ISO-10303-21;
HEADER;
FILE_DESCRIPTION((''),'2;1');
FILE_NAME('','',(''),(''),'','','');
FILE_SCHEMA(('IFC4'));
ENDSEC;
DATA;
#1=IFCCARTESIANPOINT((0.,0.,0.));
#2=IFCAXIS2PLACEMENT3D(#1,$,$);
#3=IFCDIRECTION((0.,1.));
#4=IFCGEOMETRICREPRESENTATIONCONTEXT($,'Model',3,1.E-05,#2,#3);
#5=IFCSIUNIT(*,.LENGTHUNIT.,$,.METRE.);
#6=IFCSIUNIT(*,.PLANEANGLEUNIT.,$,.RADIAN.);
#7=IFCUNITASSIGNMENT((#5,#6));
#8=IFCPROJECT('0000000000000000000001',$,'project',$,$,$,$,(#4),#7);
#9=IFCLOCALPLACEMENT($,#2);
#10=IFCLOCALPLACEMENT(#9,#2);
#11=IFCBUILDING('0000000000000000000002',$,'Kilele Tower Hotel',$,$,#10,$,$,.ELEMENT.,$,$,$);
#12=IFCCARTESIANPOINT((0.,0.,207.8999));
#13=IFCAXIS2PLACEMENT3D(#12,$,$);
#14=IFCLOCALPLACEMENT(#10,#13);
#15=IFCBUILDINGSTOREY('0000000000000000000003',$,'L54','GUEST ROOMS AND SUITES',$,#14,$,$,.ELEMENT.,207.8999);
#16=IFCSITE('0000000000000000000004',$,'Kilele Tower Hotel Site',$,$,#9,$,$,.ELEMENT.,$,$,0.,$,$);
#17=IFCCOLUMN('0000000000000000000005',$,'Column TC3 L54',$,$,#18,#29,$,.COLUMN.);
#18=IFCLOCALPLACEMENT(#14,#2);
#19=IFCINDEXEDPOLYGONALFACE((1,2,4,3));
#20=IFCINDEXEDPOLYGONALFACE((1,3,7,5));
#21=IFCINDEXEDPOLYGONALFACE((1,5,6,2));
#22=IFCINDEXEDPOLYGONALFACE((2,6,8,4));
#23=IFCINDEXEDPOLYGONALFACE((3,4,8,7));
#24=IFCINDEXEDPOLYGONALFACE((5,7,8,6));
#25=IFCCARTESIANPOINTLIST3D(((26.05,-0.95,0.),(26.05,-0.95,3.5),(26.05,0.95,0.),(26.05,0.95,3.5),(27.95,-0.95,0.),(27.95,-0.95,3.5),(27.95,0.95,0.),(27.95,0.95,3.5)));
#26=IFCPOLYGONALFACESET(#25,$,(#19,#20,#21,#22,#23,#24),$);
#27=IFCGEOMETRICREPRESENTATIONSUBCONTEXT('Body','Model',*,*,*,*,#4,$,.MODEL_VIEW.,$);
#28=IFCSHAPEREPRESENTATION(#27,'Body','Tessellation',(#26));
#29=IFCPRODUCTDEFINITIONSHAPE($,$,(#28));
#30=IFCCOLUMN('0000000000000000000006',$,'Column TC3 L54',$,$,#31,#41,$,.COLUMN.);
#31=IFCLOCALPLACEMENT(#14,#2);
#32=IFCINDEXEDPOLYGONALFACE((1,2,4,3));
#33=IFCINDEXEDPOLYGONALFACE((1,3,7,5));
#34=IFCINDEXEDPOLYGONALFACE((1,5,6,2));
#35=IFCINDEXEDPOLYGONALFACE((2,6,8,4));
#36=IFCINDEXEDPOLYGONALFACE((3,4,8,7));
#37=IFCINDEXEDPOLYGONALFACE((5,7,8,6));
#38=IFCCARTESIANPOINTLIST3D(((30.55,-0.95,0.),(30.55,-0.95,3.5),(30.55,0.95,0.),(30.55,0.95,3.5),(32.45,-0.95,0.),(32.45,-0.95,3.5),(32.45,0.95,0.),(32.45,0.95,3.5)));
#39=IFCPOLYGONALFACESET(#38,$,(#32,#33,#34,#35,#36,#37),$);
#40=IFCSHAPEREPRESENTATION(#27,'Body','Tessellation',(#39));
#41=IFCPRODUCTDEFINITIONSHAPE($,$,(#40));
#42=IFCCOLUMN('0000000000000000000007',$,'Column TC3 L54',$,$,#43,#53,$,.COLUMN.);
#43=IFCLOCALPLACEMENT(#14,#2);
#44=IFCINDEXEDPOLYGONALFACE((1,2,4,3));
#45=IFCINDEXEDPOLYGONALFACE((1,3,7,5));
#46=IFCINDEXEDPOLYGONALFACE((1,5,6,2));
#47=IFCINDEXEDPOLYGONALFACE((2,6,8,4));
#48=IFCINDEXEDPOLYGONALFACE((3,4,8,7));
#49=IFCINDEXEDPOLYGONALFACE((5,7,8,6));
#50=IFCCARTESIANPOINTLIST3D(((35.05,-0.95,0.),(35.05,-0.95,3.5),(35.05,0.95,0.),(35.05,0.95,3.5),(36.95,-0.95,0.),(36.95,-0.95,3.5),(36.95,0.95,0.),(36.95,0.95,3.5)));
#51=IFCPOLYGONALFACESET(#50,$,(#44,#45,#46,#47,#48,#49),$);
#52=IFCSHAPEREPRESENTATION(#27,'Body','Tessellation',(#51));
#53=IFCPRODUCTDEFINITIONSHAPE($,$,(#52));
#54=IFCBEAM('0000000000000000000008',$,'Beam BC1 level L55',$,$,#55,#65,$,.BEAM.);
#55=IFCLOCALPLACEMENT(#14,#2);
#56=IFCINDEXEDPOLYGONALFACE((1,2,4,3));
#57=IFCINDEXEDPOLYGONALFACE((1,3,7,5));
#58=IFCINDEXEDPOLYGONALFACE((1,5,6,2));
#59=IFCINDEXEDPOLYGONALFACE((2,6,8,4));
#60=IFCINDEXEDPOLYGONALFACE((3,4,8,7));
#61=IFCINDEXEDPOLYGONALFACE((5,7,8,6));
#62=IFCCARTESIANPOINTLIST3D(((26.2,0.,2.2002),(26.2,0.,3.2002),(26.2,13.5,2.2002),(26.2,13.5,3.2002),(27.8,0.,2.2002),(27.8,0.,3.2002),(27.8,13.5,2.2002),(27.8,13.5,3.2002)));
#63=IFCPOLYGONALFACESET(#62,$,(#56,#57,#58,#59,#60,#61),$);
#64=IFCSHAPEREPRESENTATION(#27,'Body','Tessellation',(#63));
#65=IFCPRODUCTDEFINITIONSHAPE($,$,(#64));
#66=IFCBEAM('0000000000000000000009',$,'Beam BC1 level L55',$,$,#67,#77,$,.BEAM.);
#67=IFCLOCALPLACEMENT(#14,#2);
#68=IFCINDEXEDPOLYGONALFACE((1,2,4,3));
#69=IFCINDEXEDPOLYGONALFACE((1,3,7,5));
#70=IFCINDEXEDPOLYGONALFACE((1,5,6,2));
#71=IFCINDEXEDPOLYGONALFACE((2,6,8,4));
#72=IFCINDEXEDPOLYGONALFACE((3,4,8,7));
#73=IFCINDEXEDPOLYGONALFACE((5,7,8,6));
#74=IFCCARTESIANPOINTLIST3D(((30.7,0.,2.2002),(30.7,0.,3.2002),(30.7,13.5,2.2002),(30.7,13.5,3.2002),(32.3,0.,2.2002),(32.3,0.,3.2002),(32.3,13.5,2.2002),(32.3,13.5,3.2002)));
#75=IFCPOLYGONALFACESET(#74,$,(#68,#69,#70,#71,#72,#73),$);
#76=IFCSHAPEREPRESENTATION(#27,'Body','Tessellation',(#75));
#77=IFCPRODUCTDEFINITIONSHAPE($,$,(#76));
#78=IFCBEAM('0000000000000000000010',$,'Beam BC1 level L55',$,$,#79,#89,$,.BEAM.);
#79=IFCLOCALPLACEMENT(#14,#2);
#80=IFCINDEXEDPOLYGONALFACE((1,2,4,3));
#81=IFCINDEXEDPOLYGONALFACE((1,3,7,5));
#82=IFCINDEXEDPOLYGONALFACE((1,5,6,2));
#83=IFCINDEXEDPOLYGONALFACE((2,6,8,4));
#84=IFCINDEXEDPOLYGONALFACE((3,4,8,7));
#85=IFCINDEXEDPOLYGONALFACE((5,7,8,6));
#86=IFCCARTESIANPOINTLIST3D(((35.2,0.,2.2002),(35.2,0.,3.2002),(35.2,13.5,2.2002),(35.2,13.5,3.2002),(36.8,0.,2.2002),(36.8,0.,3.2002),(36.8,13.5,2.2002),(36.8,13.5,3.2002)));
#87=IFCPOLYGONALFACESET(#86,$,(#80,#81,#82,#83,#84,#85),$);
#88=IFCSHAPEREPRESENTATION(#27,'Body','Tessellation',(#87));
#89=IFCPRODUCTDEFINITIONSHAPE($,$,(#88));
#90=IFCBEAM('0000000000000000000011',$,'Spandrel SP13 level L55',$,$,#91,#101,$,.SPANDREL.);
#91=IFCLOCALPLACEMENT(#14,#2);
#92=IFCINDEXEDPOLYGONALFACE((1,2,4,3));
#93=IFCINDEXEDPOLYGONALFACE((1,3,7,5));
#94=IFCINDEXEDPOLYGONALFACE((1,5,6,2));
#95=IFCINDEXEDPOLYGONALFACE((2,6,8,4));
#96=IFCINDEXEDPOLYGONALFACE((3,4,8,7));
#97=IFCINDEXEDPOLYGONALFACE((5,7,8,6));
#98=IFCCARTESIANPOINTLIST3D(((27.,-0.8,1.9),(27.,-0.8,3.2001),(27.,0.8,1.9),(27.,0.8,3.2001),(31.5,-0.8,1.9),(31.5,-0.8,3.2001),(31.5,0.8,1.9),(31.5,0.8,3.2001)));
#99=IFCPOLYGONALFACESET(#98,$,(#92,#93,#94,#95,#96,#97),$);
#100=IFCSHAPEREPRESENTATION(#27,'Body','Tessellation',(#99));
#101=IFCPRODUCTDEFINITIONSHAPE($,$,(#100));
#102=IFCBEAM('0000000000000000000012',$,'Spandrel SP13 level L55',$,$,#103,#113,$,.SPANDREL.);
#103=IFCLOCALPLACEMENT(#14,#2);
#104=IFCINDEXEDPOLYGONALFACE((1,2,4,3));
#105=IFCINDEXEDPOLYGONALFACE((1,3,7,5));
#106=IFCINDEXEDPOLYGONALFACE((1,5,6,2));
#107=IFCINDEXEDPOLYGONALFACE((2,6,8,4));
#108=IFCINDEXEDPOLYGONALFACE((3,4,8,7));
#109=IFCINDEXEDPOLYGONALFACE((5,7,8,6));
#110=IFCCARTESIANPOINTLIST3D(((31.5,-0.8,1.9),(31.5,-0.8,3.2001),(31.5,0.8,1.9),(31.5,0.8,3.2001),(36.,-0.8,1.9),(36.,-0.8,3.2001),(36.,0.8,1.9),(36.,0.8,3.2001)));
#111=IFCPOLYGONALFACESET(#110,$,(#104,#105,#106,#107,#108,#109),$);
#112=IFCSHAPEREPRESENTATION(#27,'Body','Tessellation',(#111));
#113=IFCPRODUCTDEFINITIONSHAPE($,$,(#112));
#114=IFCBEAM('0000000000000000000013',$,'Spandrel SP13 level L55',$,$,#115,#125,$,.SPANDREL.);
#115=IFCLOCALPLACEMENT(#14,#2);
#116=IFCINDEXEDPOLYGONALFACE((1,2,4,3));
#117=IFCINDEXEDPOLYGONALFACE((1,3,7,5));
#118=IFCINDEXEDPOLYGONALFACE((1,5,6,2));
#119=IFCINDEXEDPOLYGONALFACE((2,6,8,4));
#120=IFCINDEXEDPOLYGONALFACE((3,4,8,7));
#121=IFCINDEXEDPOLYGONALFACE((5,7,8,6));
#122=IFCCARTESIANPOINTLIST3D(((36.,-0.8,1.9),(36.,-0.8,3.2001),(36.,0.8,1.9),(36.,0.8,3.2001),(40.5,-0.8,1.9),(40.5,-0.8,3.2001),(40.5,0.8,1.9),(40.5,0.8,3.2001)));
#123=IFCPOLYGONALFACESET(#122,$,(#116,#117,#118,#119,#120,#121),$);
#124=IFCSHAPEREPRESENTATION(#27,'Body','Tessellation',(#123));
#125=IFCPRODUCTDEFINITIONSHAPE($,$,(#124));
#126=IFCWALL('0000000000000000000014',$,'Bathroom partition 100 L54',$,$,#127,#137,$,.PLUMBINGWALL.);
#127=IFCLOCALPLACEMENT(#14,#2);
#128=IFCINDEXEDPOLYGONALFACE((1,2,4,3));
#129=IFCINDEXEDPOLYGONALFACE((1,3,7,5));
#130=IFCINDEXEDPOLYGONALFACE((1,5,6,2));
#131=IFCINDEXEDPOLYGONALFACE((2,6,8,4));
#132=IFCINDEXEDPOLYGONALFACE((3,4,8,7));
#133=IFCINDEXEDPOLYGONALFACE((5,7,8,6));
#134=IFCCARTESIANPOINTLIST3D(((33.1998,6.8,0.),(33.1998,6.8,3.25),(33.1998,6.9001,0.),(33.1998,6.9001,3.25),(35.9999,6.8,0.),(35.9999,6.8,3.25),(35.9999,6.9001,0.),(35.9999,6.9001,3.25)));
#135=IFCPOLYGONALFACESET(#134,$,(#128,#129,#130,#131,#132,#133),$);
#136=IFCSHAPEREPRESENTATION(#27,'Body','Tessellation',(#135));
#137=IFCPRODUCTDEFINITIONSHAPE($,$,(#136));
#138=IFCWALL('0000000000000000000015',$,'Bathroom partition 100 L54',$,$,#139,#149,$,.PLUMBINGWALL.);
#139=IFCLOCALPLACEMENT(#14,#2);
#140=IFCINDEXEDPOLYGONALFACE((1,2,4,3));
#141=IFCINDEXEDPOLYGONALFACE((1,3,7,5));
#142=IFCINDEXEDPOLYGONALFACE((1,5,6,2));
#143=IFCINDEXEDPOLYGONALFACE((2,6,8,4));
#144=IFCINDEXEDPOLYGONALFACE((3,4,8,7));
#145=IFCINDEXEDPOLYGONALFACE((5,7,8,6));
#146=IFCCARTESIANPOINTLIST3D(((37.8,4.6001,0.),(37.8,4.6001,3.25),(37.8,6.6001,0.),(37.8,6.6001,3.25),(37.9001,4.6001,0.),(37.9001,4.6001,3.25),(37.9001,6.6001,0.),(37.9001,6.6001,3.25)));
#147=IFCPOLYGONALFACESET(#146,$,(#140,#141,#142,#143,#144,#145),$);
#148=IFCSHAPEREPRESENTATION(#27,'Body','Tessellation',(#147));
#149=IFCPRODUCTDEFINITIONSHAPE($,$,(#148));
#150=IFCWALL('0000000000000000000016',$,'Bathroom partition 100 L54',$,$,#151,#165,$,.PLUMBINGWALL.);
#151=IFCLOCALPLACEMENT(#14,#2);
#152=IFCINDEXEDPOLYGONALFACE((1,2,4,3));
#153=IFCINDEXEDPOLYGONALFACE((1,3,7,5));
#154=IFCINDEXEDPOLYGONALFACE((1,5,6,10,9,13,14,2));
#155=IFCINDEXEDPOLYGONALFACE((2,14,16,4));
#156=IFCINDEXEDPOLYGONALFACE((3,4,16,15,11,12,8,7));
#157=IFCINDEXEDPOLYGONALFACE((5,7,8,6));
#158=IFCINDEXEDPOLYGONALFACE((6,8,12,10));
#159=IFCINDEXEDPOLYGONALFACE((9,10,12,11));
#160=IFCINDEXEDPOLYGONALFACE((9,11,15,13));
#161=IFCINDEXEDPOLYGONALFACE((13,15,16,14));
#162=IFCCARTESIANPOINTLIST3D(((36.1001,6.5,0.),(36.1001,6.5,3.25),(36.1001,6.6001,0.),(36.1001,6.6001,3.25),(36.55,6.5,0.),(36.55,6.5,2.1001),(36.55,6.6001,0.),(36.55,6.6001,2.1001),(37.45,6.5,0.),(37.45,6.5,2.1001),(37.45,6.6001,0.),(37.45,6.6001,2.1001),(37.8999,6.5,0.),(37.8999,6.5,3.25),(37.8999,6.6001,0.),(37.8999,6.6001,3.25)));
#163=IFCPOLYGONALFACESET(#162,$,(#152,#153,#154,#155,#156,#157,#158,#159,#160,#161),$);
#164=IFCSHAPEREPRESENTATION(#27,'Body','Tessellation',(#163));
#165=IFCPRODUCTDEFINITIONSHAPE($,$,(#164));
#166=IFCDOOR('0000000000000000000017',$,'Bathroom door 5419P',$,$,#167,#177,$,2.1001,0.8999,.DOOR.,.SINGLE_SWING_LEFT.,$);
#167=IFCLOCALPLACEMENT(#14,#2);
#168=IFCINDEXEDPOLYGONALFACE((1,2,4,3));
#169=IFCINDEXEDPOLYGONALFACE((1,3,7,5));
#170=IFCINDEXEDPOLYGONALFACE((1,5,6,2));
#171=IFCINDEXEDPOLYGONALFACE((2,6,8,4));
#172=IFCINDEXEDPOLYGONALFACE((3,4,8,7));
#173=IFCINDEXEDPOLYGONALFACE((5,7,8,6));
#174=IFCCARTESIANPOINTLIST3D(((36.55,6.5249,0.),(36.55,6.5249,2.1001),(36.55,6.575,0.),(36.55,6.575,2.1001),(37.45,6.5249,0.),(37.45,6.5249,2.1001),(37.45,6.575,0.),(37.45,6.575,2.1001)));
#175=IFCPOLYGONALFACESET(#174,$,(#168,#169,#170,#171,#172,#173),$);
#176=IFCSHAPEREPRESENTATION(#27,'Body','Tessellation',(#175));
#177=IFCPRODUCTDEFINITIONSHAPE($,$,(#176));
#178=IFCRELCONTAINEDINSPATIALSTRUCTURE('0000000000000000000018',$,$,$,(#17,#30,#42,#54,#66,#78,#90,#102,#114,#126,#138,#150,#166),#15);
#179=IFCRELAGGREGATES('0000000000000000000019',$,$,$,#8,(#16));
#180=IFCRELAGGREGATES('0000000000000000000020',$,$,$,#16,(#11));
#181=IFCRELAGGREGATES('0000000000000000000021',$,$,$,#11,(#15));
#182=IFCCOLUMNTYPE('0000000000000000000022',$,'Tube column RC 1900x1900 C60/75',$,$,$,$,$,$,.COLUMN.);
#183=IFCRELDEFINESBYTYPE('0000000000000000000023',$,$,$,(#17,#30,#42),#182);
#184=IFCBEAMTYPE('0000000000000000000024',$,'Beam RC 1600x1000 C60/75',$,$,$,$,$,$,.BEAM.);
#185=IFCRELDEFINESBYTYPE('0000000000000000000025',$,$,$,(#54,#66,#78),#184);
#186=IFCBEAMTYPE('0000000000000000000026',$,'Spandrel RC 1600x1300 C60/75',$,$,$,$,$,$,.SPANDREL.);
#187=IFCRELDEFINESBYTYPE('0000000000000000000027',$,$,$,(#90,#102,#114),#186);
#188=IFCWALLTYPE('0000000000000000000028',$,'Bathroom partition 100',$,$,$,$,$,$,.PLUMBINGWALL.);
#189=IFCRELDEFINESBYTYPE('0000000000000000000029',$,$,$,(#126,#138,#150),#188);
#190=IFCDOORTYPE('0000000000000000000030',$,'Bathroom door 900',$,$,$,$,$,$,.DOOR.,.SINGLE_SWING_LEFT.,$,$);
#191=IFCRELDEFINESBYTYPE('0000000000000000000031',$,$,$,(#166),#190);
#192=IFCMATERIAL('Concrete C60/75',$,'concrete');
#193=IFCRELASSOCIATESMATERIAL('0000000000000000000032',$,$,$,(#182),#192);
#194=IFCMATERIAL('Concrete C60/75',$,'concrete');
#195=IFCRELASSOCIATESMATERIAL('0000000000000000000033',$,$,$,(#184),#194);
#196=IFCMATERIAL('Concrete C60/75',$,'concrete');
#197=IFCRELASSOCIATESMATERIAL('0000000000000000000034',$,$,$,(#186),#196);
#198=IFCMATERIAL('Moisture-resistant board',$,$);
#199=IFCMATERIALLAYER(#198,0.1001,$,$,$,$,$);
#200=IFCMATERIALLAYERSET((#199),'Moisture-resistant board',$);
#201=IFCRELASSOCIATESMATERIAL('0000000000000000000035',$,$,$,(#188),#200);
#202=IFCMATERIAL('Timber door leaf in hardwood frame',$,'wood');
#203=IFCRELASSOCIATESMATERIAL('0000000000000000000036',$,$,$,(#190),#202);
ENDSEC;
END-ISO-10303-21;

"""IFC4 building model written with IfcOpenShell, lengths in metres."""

from ifc_helpers import new_model, si_unit, direction, frame, frame_2d, origin, origin_2d, place, context, subcontext, project, spatial, rectangle, extrude, material, layer, layer_set, material_profile, profile_set, type_object, element, fill, save


model = new_model("IFC4")

# Units and contexts
model_context = context("Model", 3, precision=1e-05, world=origin(), true_north=direction((0.0, 1.0)))
body_context = subcontext(model_context, "Body", "Model", "MODEL_VIEW")
ifc_project = project(units=[si_unit("LENGTHUNIT", "METRE"), si_unit("PLANEANGLEUNIT", "RADIAN")], contexts=[model_context])

# Site, building, storey
site_placement = place(None, origin())
site = spatial("IfcSite", under=ifc_project, at=site_placement, Name="Kilele Tower Hotel Site", CompositionType="ELEMENT", RefElevation=0.0)
building_placement = place(site_placement, origin())
building = spatial("IfcBuilding", under=site, at=building_placement, Name="Kilele Tower Hotel", CompositionType="ELEMENT")
storey_placement = place(building_placement, frame((0.0, 0.0, 207.8999)))
storey = spatial("IfcBuildingStorey", under=building, at=storey_placement, Name="L54", Description="GUEST ROOMS AND SUITES", CompositionType="ELEMENT", Elevation=207.8999)

# Columns
ifc_material_1 = material(Name="Concrete C60/75", Category="concrete")
ifc_material_profile_1 = material_profile(ifc_material_1, rectangle(XDim=1.8999, YDim=1.8999, at=origin_2d()))
ifc_profile_set_1 = profile_set([ifc_material_profile_1], Name="Concrete C60/75")
column_type = type_object("IfcColumnType", Name="Tube column RC 1900x1900 C60/75", PredefinedType="COLUMN", material=ifc_profile_set_1)
for number, where, z_axis, x_axis, name in (
    (1, (27.0, 0.0, 0.0), (0.0, 0.0, 1.0), (1.0, 0.0, 0.0), "Column TC3 L54"),
    (2, (31.5, 0.0, 0.0), (0.0, 0.0, 1.0), (1.0, 0.0, 0.0), "Column TC3 L54"),
    (3, (36.0, 0.0, 0.0), (0.0, 0.0, 1.0), (1.0, 0.0, 0.0), "Column TC3 L54"),
):
    element("IfcColumn", number, at=place(storey_placement, frame(where, z_axis=z_axis, x_axis=x_axis)), inside=storey, type_object=column_type, Name=name, PredefinedType="COLUMN", context=body_context, shape_type="SweptSolid", body=[
        extrude(rectangle(XDim=1.8999, YDim=1.8999, at=origin_2d()), origin(), (0.0, 0.0, 1.0), 3.5),
    ])

# Beams
ifc_material_2 = material(Name="Concrete C60/75", Category="concrete")
ifc_material_profile_2 = material_profile(ifc_material_2, rectangle(XDim=1.6001, YDim=1.0, at=origin_2d()))
ifc_profile_set_2 = profile_set([ifc_material_profile_2], Name="Concrete C60/75")
beam_type_1 = type_object("IfcBeamType", Name="Beam RC 1600x1000 C60/75", PredefinedType="BEAM", material=ifc_profile_set_2)
for number, where, z_axis, x_axis, name in (
    (4, (27.0, 0.0, 2.7002), (0.0, 1.0, 0.0), (-1.0, 0.0, 0.0), "Beam BC1 level L55"),
    (5, (31.5, 0.0, 2.7002), (0.0, 1.0, 0.0), (-1.0, 0.0, 0.0), "Beam BC1 level L55"),
    (6, (36.0, 0.0, 2.7002), (0.0, 1.0, 0.0), (-1.0, 0.0, 0.0), "Beam BC1 level L55"),
):
    element("IfcBeam", number, at=place(storey_placement, frame(where, z_axis=z_axis, x_axis=x_axis)), inside=storey, type_object=beam_type_1, Name=name, PredefinedType="BEAM", context=body_context, shape_type="SweptSolid", body=[
        extrude(rectangle(XDim=1.6001, YDim=1.0, at=origin_2d()), origin(), (0.0, 0.0, 1.0), 13.5),
    ])
ifc_material_3 = material(Name="Concrete C60/75", Category="concrete")
ifc_material_profile_3 = material_profile(ifc_material_3, rectangle(XDim=1.6001, YDim=1.3, at=origin_2d()))
ifc_profile_set_3 = profile_set([ifc_material_profile_3], Name="Concrete C60/75")
beam_type_2 = type_object("IfcBeamType", Name="Spandrel RC 1600x1300 C60/75", PredefinedType="SPANDREL", material=ifc_profile_set_3)
for number, where, z_axis, x_axis, name in (
    (7, (27.0, 0.0, 2.55), (1.0, 0.0, 0.0), (0.0, 1.0, 0.0), "Spandrel SP13 level L55"),
    (8, (31.5, 0.0, 2.55), (1.0, 0.0, 0.0), (0.0, 1.0, 0.0), "Spandrel SP13 level L55"),
    (9, (36.0, 0.0, 2.55), (1.0, 0.0, 0.0), (0.0, 1.0, 0.0), "Spandrel SP13 level L55"),
):
    element("IfcBeam", number, at=place(storey_placement, frame(where, z_axis=z_axis, x_axis=x_axis)), inside=storey, type_object=beam_type_2, Name=name, PredefinedType="SPANDREL", context=body_context, shape_type="SweptSolid", body=[
        extrude(rectangle(XDim=1.6001, YDim=1.3, at=origin_2d()), origin(), (0.0, 0.0, 1.0), 4.5),
    ])

# Walls
ifc_material_4 = material(Name="Moisture-resistant board")
ifc_layer_1 = layer(ifc_material_4, 0.1001)
ifc_layer_set_1 = layer_set([ifc_layer_1], Name="Moisture-resistant board")
wall_type_1 = type_object("IfcWallType", Name="Bathroom partition 100", PredefinedType="PLUMBINGWALL", material=ifc_layer_set_1)
wall_1_placement = place(storey_placement, frame((33.2, 6.8501, 0.0), z_axis=(0.0, 0.0, 1.0), x_axis=(1.0, 0.0, 0.0)))
element("IfcWall", 10, at=wall_1_placement, inside=storey, type_object=wall_type_1, Name="Bathroom partition 100 L54", PredefinedType="PLUMBINGWALL", context=body_context, shape_type="SweptSolid", body=[
    extrude(rectangle(XDim=2.8, YDim=0.1001, at=frame_2d((1.3999, 0.0))), origin(), (0.0, 0.0, 1.0), 3.25),
])
wall_2_placement = place(storey_placement, frame((37.8501, 4.6001, 0.0), z_axis=(0.0, 0.0, 1.0), x_axis=(0.0, 1.0, 0.0)))
element("IfcWall", 11, at=wall_2_placement, inside=storey, type_object=wall_type_1, Name="Bathroom partition 100 L54", PredefinedType="PLUMBINGWALL", context=body_context, shape_type="SweptSolid", body=[
    extrude(rectangle(XDim=2.0, YDim=0.1001, at=frame_2d((1.0, 0.0))), origin(), (0.0, 0.0, 1.0), 3.25),
])

# Wall, opening, door
wall_3_placement = place(storey_placement, frame((36.1001, 6.55, 0.0), z_axis=(0.0, 0.0, 1.0), x_axis=(1.0, 0.0, 0.0)))
wall_3 = element("IfcWall", 12, at=wall_3_placement, inside=storey, type_object=wall_type_1, Name="Bathroom partition 100 L54", PredefinedType="PLUMBINGWALL", context=body_context, shape_type="SweptSolid", body=[
    extrude(rectangle(XDim=1.7998, YDim=0.1001, at=frame_2d((0.8999, 0.0))), origin(), (0.0, 0.0, 1.0), 3.25),
])
opening_1_placement = place(wall_3_placement, frame((0.45, 0.0, 0.0)))
opening_1 = element("IfcOpeningElement", 13, at=opening_1_placement, cuts=wall_3, PredefinedType="OPENING", context=body_context, shape_type="SweptSolid", body=[
    extrude(rectangle(XDim=0.8999, YDim=2.1001, at=frame_2d((0.45, 1.05))), frame((0.0, 0.0601, 0.0), z_axis=(0.0, -1.0, 0.0), x_axis=(1.0, 0.0, 0.0)), (0.0, 0.0, 1.0), 0.1201),
])
ifc_material_5 = material(Name="Timber door leaf in hardwood frame", Category="wood")
door_type_1 = type_object("IfcDoorType", Name="Bathroom door 900", OperationType="SINGLE_SWING_LEFT", PredefinedType="DOOR", material=ifc_material_5)
door_1_placement = place(opening_1_placement, origin())
door_1 = element("IfcDoor", 14, at=door_1_placement, inside=storey, type_object=door_type_1, Name="Bathroom door 5419P", OperationType="SINGLE_SWING_LEFT", OverallHeight=2.1001, OverallWidth=0.8999, PredefinedType="DOOR", context=body_context, shape_type="SweptSolid", body=[
    extrude(rectangle(XDim=0.8999, YDim=2.1001, at=frame_2d((0.45, 1.05))), frame((0.0, 0.0249, 0.0), z_axis=(0.0, -1.0, 0.0), x_axis=(1.0, 0.0, 0.0)), (0.0, 0.0, 1.0), 0.05),
])
fill(opening_1, door_1)

save(model, "model.ifc")
